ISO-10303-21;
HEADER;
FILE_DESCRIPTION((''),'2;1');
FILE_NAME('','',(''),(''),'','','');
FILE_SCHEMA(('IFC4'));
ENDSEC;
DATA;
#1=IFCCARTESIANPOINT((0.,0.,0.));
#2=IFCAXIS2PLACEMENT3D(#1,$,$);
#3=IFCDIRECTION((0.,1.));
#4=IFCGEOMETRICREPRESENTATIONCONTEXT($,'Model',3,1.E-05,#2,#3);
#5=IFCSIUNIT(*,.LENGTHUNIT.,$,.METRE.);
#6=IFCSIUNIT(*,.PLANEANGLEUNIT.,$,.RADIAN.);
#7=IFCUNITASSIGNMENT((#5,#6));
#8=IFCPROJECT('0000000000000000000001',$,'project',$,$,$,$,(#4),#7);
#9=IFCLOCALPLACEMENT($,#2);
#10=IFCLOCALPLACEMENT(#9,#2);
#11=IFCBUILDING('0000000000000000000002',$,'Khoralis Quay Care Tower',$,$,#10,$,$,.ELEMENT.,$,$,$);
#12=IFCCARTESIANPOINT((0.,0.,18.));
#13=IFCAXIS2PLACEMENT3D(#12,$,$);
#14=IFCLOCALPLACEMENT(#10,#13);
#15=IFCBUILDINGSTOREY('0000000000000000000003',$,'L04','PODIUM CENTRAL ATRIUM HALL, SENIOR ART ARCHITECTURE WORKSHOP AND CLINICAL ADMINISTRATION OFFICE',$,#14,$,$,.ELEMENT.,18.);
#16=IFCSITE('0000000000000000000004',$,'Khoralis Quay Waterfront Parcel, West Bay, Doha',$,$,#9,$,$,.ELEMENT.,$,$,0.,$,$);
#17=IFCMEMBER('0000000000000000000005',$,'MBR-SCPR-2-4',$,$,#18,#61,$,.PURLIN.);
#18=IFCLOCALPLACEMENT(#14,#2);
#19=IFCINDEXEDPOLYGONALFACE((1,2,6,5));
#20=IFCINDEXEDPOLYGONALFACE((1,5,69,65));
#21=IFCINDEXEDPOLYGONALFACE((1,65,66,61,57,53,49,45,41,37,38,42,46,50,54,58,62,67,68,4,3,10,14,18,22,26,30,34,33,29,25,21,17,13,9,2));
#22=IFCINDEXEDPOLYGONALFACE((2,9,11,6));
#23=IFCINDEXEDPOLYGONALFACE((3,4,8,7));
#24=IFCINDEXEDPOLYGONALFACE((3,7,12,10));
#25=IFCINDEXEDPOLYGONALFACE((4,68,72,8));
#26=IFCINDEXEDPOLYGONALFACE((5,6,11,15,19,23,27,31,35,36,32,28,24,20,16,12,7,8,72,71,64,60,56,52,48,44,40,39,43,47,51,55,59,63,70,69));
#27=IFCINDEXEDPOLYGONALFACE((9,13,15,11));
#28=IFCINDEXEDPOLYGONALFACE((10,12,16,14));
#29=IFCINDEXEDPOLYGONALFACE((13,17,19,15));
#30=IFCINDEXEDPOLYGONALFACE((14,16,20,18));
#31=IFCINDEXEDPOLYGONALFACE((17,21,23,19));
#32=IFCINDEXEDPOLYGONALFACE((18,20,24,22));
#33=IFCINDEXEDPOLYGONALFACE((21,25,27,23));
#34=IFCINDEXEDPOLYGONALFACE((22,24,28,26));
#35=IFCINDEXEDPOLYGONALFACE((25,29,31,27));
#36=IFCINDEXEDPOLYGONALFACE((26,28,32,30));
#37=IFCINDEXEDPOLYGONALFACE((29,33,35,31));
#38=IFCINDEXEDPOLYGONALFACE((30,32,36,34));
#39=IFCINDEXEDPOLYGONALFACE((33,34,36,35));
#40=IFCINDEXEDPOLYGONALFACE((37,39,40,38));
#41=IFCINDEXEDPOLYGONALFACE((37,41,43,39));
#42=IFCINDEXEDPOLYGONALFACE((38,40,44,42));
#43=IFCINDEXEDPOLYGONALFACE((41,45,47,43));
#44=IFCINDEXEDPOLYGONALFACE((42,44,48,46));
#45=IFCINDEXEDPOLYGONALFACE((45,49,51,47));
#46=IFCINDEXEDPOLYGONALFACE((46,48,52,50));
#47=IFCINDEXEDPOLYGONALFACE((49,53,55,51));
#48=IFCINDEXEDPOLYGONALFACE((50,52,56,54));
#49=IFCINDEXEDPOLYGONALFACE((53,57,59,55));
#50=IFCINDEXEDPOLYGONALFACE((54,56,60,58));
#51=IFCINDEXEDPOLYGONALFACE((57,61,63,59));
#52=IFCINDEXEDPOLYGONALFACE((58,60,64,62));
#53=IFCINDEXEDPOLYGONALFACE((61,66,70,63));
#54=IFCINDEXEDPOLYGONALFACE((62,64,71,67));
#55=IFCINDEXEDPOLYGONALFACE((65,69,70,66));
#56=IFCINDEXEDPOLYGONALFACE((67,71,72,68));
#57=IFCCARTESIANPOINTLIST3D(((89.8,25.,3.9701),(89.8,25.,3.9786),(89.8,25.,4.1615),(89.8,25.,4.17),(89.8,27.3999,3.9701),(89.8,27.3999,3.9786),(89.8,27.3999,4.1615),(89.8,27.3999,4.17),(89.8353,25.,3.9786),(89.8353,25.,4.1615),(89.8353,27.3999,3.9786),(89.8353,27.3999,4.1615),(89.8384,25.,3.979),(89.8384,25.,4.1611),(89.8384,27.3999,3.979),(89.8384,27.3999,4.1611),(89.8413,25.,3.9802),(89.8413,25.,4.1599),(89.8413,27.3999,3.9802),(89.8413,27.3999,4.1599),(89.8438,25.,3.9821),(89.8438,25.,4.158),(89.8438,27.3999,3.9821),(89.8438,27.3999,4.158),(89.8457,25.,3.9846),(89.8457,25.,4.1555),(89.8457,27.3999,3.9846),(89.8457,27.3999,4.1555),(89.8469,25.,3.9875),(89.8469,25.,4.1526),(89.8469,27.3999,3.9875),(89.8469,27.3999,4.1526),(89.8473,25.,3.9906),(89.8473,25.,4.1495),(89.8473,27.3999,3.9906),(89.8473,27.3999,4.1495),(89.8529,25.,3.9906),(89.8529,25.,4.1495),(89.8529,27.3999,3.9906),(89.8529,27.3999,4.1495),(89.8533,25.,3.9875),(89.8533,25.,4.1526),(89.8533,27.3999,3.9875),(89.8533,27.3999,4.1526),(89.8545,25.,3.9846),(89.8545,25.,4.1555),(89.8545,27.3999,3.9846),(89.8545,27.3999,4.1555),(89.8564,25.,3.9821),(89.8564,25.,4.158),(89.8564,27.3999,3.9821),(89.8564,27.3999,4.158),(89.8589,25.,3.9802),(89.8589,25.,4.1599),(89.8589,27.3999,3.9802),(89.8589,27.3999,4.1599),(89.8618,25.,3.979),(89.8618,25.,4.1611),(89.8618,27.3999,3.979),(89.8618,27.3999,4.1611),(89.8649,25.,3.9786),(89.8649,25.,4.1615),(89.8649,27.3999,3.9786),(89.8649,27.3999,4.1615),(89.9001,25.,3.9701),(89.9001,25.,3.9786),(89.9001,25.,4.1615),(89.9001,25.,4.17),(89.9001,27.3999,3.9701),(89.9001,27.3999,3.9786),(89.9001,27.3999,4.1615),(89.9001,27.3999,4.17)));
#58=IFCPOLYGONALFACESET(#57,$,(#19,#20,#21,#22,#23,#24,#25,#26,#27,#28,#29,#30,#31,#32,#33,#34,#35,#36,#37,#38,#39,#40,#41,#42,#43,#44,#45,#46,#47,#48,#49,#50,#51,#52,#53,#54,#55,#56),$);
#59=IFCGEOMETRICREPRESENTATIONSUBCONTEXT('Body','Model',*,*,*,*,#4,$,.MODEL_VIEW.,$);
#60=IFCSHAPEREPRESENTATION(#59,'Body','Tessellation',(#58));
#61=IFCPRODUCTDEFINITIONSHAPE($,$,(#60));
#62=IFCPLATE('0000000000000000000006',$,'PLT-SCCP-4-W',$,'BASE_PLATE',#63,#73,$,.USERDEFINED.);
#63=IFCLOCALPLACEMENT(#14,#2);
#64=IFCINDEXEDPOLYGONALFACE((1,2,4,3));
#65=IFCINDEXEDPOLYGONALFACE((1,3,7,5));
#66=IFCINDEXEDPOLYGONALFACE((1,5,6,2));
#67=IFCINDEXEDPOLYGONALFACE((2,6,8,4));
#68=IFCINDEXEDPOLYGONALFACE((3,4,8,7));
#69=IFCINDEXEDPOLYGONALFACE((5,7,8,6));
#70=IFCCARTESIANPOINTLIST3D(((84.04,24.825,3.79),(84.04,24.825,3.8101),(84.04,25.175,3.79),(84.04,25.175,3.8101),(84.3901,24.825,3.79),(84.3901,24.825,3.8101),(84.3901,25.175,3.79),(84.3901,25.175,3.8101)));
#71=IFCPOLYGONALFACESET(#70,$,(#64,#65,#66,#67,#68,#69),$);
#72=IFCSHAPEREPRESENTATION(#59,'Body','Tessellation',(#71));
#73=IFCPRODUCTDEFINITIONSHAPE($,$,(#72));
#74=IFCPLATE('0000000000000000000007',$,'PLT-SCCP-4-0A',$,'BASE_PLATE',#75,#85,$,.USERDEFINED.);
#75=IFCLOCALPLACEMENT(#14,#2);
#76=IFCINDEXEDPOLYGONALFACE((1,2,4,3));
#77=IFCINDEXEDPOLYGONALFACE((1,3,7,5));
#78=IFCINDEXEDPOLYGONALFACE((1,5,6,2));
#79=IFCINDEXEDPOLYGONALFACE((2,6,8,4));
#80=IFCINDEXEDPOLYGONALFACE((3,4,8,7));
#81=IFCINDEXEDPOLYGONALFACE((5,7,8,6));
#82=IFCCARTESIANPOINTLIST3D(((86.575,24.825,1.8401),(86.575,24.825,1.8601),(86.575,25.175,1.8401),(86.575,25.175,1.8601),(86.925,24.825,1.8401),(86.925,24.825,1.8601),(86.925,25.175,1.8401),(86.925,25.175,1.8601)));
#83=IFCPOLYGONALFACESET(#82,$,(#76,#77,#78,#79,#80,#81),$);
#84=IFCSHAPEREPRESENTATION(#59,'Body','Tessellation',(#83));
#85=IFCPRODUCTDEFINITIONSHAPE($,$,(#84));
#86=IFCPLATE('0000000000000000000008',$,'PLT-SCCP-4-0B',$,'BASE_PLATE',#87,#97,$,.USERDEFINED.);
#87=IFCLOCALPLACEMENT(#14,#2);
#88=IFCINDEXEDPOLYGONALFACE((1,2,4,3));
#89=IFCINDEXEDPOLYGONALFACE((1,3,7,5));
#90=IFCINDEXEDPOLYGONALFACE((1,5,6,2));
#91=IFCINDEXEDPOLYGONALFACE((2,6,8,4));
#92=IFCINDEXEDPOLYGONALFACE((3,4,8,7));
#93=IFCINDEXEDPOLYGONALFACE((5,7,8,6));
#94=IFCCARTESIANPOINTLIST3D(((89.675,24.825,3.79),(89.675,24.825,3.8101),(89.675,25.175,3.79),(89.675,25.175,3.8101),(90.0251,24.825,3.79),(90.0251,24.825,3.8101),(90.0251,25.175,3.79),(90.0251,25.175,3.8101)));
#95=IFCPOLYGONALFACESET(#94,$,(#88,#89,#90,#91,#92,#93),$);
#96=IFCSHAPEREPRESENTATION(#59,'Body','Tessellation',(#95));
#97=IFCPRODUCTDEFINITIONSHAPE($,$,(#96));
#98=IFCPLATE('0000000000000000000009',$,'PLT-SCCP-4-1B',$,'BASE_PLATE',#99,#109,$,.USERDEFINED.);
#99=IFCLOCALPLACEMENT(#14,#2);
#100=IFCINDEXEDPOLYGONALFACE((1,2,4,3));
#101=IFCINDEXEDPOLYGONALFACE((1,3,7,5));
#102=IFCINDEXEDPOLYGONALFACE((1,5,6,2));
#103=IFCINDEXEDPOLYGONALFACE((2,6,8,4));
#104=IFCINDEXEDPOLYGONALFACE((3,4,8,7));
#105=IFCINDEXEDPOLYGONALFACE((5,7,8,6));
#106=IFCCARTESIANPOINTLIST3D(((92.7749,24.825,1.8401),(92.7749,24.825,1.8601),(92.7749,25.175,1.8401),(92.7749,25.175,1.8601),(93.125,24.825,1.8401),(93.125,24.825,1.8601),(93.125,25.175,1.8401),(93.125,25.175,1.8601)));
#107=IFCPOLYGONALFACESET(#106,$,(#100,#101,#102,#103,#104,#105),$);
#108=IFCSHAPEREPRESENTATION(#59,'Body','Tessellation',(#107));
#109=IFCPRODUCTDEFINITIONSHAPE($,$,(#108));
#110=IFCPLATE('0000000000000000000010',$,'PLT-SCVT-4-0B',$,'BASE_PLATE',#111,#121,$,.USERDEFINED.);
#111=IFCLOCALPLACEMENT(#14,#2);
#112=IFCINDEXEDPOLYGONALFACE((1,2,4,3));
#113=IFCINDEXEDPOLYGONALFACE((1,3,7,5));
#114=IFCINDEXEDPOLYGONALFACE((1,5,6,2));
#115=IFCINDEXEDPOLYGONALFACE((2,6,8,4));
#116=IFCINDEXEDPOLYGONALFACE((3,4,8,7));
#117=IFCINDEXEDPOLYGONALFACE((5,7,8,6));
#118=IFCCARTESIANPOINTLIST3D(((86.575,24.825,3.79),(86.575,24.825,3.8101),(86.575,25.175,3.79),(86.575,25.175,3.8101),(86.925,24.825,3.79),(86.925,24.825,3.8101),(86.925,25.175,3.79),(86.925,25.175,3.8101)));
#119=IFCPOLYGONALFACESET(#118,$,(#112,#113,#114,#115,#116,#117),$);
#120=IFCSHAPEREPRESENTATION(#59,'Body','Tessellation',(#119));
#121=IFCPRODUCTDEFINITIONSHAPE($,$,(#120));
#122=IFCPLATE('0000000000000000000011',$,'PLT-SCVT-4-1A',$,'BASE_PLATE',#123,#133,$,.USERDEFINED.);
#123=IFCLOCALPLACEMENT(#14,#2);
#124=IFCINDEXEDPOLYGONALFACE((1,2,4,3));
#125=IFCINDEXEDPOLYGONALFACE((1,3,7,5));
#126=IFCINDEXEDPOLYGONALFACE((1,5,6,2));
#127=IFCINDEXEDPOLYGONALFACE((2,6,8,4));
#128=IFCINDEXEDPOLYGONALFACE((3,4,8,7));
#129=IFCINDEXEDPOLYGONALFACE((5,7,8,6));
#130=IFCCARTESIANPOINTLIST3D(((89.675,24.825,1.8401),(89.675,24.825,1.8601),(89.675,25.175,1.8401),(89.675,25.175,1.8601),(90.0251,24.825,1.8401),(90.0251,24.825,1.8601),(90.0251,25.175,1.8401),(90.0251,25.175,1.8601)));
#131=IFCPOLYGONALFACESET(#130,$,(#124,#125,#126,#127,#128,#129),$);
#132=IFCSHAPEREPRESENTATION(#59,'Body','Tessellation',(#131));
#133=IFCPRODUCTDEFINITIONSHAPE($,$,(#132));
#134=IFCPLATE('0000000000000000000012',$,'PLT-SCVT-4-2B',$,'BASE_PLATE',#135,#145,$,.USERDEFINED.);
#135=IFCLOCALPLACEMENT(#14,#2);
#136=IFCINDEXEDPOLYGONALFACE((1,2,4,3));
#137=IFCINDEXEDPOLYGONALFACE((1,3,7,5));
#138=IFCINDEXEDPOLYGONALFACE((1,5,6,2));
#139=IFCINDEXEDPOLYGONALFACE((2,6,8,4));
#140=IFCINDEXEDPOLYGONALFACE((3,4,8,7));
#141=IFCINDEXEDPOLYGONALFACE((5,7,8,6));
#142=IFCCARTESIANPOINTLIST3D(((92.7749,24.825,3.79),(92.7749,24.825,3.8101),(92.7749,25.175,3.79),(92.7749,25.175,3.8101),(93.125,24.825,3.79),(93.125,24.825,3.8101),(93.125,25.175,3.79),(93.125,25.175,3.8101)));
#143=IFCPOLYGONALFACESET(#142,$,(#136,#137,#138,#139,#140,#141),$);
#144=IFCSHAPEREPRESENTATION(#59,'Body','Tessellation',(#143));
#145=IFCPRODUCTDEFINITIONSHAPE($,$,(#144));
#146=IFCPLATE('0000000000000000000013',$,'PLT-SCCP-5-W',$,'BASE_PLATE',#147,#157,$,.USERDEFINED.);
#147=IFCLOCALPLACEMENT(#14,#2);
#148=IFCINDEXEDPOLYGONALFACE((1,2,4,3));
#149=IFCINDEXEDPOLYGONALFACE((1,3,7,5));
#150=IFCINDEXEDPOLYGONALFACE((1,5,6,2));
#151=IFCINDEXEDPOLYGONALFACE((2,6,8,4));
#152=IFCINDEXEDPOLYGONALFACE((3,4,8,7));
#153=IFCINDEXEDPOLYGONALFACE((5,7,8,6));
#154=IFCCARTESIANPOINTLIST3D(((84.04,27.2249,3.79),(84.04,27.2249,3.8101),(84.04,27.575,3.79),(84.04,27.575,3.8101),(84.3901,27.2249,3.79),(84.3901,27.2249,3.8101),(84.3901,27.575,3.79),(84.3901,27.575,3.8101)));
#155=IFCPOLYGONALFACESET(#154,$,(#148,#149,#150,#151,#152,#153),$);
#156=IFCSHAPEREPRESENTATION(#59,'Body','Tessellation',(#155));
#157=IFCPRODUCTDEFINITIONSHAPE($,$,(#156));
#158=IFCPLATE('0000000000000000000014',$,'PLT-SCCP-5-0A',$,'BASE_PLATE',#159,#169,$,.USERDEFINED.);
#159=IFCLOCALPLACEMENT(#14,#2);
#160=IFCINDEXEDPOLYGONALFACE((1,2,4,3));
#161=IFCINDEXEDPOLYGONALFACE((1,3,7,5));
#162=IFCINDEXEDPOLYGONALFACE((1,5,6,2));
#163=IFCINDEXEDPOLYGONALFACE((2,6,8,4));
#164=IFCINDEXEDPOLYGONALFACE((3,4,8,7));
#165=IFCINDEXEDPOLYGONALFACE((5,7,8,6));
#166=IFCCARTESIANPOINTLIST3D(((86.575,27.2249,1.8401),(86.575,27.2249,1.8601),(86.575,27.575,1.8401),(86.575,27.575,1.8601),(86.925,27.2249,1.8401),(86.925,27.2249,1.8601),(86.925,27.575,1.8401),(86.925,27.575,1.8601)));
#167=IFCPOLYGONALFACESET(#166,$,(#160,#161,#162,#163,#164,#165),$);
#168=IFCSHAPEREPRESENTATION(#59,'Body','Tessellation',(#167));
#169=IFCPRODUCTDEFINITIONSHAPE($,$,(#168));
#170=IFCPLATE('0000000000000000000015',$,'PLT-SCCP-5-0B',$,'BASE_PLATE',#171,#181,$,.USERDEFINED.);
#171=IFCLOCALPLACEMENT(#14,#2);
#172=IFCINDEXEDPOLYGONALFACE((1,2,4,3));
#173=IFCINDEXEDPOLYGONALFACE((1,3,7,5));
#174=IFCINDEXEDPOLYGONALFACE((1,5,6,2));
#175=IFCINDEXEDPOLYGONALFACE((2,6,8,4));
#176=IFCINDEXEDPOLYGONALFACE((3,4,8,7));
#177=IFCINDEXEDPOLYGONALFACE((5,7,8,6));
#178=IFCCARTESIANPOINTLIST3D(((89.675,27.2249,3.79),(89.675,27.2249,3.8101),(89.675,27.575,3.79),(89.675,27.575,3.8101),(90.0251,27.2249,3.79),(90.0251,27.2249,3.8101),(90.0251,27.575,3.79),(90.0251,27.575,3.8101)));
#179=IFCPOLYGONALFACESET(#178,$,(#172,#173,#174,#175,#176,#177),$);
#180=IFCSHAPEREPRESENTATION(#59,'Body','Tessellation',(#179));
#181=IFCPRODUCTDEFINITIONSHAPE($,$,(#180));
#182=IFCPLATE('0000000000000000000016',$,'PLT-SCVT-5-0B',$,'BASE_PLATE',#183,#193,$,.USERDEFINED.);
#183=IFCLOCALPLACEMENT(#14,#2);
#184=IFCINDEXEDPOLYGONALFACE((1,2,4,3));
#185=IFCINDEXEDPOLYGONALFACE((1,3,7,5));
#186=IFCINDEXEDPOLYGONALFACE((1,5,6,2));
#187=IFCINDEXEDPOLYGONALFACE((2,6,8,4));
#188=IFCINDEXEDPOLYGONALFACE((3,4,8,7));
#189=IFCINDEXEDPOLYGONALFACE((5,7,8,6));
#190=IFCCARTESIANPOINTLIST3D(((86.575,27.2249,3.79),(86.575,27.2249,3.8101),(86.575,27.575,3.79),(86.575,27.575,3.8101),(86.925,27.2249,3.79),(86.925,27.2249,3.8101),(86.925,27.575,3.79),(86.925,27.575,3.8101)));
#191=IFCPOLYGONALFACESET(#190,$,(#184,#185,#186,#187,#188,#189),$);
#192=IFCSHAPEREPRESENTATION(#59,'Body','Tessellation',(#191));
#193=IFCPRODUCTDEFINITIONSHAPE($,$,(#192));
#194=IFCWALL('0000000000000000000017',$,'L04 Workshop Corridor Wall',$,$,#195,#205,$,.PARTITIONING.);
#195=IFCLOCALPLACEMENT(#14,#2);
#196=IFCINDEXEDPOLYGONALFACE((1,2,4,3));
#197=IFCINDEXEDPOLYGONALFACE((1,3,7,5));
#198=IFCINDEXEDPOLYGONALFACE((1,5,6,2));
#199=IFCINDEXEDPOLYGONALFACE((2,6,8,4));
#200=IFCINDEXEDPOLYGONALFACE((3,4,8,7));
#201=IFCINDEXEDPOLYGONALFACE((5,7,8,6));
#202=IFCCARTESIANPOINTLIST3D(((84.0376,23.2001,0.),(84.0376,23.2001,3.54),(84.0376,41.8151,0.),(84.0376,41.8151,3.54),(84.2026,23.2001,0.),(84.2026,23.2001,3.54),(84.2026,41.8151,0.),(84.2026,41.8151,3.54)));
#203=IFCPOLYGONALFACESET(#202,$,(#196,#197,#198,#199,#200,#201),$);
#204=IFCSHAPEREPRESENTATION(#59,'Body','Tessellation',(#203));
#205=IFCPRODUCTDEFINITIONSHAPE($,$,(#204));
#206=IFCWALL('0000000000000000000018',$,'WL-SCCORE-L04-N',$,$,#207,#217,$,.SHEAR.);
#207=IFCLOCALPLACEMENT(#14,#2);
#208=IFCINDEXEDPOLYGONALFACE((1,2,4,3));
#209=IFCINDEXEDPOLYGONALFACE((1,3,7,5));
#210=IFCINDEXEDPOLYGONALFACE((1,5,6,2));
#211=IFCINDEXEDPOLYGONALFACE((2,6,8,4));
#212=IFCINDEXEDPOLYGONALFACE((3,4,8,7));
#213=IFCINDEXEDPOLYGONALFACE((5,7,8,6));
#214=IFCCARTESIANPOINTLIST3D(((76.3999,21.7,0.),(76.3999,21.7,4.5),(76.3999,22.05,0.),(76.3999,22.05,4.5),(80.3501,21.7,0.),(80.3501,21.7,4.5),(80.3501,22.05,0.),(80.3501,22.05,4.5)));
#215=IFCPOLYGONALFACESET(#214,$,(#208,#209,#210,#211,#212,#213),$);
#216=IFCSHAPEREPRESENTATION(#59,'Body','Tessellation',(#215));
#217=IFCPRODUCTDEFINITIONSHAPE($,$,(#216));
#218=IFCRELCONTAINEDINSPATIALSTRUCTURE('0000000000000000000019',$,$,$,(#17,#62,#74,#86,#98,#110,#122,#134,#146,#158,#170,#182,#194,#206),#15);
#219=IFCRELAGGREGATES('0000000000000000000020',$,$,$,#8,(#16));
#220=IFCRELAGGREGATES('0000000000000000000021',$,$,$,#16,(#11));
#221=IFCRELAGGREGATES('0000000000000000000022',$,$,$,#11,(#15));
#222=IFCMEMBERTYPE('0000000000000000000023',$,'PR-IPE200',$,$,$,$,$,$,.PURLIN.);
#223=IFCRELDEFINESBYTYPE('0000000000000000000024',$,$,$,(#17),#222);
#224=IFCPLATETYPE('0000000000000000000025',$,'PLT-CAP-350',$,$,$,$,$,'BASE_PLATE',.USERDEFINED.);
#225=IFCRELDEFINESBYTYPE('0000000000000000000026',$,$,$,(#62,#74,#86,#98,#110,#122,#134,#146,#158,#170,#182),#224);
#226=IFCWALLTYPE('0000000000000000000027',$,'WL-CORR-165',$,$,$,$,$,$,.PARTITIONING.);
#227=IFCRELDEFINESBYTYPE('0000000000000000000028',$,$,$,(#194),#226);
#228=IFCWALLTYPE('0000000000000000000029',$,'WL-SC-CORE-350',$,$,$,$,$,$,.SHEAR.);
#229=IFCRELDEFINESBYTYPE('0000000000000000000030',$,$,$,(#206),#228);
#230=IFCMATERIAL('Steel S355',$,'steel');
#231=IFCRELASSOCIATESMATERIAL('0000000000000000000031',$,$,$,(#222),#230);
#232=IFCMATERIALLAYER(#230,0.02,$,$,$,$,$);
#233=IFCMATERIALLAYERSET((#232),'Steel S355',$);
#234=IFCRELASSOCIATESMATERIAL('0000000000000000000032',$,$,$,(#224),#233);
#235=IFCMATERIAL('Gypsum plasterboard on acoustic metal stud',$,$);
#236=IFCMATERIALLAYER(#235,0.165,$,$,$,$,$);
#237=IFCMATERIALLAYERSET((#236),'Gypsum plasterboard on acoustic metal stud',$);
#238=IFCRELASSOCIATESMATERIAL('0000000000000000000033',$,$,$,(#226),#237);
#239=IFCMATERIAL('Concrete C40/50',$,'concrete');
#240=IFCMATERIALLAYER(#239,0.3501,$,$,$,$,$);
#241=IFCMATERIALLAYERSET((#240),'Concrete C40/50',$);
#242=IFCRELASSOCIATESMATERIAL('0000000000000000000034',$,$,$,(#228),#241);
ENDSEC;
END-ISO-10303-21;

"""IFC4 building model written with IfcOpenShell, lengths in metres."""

from ifc_helpers import new_model, si_unit, direction, frame, frame_2d, origin, origin_2d, place, context, subcontext, project, spatial, rectangle, i_section, extrude, source, transform, mapped, material, layer, layer_set, material_profile, profile_set, type_object, element, save


model = new_model("IFC4")

# Units and contexts
model_context = context("Model", 3, precision=1e-05, world=origin(), true_north=direction((0.0, 1.0)))
body_context = subcontext(model_context, "Body", "Model", "MODEL_VIEW")
ifc_project = project(units=[si_unit("LENGTHUNIT", "METRE"), si_unit("PLANEANGLEUNIT", "RADIAN")], contexts=[model_context])

# Site, building, storey
site_placement = place(None, origin())
site = spatial("IfcSite", under=ifc_project, at=site_placement, Name="Khoralis Quay Waterfront Parcel, West Bay, Doha", CompositionType="ELEMENT", RefElevation=0.0)
building_placement = place(site_placement, origin())
building = spatial("IfcBuilding", under=site, at=building_placement, Name="Khoralis Quay Care Tower", CompositionType="ELEMENT")
storey_placement = place(building_placement, frame((0.0, 0.0, 18.0)))
storey = spatial("IfcBuildingStorey", under=building, at=storey_placement, Name="L04", Description="PODIUM CENTRAL ATRIUM HALL, SENIOR ART ARCHITECTURE WORKSHOP AND CLINICAL ADMINISTRATION OFFICE", CompositionType="ELEMENT", Elevation=18.0)

# Shared definitions
ifc_material_1 = material(Name="Concrete C40/50", Category="concrete")

# Shared definitions
ifc_material_2 = material(Name="Steel S355", Category="steel")

# Member
ifc_material_profile_1 = material_profile(ifc_material_2, i_section(OverallWidth=0.1001, OverallDepth=0.2, WebThickness=0.0056, FlangeThickness=0.0085, FilletRadius=0.012, at=origin_2d()), Name="Steel S355")
ifc_profile_set_1 = profile_set([ifc_material_profile_1], Name="Steel S355")
member_type_1 = type_object("IfcMemberType", Name="PR-IPE200", PredefinedType="PURLIN", material=ifc_profile_set_1)
shared_shape_1 = source(origin(), body_context, "Body", "SweptSolid", [
    extrude(i_section(OverallWidth=0.1001, OverallDepth=0.2, WebThickness=0.0056, FlangeThickness=0.0085, FilletRadius=0.012, at=origin_2d()), origin(), (0.0, 0.0, 1.0), 2.3999),
])
member_placement = place(storey_placement, frame((89.8501, 25.0, 4.0701), z_axis=(0.0, 1.0, 0.0), x_axis=(-1.0, 0.0, 0.0)))
element("IfcMember", 1, at=member_placement, inside=storey, type_object=member_type_1, Name="MBR-SCPR-2-4", PredefinedType="PURLIN", context=body_context, shape_type="MappedRepresentation", body=[
    mapped(shared_shape_1, transform((0.0, 0.0, 0.0), scale=1.0)),
])

# Plates
ifc_layer_1 = layer(ifc_material_2, 0.02)
ifc_layer_set_1 = layer_set([ifc_layer_1], Name="Steel S355")
plate_type = type_object("IfcPlateType", Name="PLT-CAP-350", ElementType="BASE_PLATE", PredefinedType="USERDEFINED", material=ifc_layer_set_1)
shared_shape_2 = source(origin(), body_context, "Body", "SweptSolid", [
    extrude(rectangle(XDim=0.3501, YDim=0.3501, at=origin_2d()), origin(), (0.0, 0.0, 1.0), 0.02),
])
for number, where, z_axis, x_axis, name in (
    (2, (84.2151, 25.0, 3.79), (0.0, 0.0, 1.0), (1.0, 0.0, 0.0), "PLT-SCCP-4-W"),
    (3, (86.75, 25.0, 1.8401), (0.0, 0.0, 1.0), (1.0, 0.0, 0.0), "PLT-SCCP-4-0A"),
    (4, (89.8501, 25.0, 3.79), (0.0, 0.0, 1.0), (1.0, 0.0, 0.0), "PLT-SCCP-4-0B"),
    (5, (92.95, 25.0, 1.8401), (0.0, 0.0, 1.0), (1.0, 0.0, 0.0), "PLT-SCCP-4-1B"),
    (6, (86.75, 25.0, 3.79), (0.0, 0.0, 1.0), (1.0, 0.0, 0.0), "PLT-SCVT-4-0B"),
    (7, (89.8501, 25.0, 1.8401), (0.0, 0.0, 1.0), (1.0, 0.0, 0.0), "PLT-SCVT-4-1A"),
    (8, (92.95, 25.0, 3.79), (0.0, 0.0, 1.0), (1.0, 0.0, 0.0), "PLT-SCVT-4-2B"),
    (9, (84.2151, 27.3999, 3.79), (0.0, 0.0, 1.0), (1.0, 0.0, 0.0), "PLT-SCCP-5-W"),
    (10, (86.75, 27.3999, 1.8401), (0.0, 0.0, 1.0), (1.0, 0.0, 0.0), "PLT-SCCP-5-0A"),
    (11, (89.8501, 27.3999, 3.79), (0.0, 0.0, 1.0), (1.0, 0.0, 0.0), "PLT-SCCP-5-0B"),
    (12, (86.75, 27.3999, 3.79), (0.0, 0.0, 1.0), (1.0, 0.0, 0.0), "PLT-SCVT-5-0B"),
):
    element("IfcPlate", number, at=place(storey_placement, frame(where, z_axis=z_axis, x_axis=x_axis)), inside=storey, type_object=plate_type, Name=name, ObjectType="BASE_PLATE", PredefinedType="USERDEFINED", context=body_context, shape_type="MappedRepresentation", body=[
        mapped(shared_shape_2, transform((0.0, 0.0, 0.0), scale=1.0)),
    ])

# Walls
ifc_material_3 = material(Name="Gypsum plasterboard on acoustic metal stud")
ifc_layer_2 = layer(ifc_material_3, 0.165)
ifc_layer_set_2 = layer_set([ifc_layer_2], Name="Gypsum plasterboard on acoustic metal stud")
wall_type_1 = type_object("IfcWallType", Name="WL-CORR-165", PredefinedType="PARTITIONING", material=ifc_layer_set_2)
wall_1_placement = place(storey_placement, frame((84.1201, 23.2, 0.0), z_axis=(0.0, 0.0, 1.0), x_axis=(0.0, 1.0, 0.0)))
element("IfcWall", 13, at=wall_1_placement, inside=storey, type_object=wall_type_1, Name="L04 Workshop Corridor Wall", PredefinedType="PARTITIONING", context=body_context, shape_type="SweptSolid", body=[
    extrude(rectangle(XDim=18.615, YDim=0.165, at=frame_2d((9.3076, 0.0))), origin(), (0.0, 0.0, 1.0), 3.54),
])
ifc_layer_3 = layer(ifc_material_1, 0.3501)
ifc_layer_set_3 = layer_set([ifc_layer_3], Name="Concrete C40/50")
wall_type_2 = type_object("IfcWallType", Name="WL-SC-CORE-350", PredefinedType="SHEAR", material=ifc_layer_set_3)
wall_2_placement = place(storey_placement, frame((76.3999, 21.875, 0.0), z_axis=(0.0, 0.0, 1.0), x_axis=(1.0, 0.0, 0.0)))
element("IfcWall", 14, at=wall_2_placement, inside=storey, type_object=wall_type_2, Name="WL-SCCORE-L04-N", PredefinedType="SHEAR", context=body_context, shape_type="SweptSolid", body=[
    extrude(rectangle(XDim=3.9502, YDim=0.3501, at=frame_2d((1.9751, 0.0))), origin(), (0.0, 0.0, 1.0), 4.5),
])

save(model, "model.ifc")
